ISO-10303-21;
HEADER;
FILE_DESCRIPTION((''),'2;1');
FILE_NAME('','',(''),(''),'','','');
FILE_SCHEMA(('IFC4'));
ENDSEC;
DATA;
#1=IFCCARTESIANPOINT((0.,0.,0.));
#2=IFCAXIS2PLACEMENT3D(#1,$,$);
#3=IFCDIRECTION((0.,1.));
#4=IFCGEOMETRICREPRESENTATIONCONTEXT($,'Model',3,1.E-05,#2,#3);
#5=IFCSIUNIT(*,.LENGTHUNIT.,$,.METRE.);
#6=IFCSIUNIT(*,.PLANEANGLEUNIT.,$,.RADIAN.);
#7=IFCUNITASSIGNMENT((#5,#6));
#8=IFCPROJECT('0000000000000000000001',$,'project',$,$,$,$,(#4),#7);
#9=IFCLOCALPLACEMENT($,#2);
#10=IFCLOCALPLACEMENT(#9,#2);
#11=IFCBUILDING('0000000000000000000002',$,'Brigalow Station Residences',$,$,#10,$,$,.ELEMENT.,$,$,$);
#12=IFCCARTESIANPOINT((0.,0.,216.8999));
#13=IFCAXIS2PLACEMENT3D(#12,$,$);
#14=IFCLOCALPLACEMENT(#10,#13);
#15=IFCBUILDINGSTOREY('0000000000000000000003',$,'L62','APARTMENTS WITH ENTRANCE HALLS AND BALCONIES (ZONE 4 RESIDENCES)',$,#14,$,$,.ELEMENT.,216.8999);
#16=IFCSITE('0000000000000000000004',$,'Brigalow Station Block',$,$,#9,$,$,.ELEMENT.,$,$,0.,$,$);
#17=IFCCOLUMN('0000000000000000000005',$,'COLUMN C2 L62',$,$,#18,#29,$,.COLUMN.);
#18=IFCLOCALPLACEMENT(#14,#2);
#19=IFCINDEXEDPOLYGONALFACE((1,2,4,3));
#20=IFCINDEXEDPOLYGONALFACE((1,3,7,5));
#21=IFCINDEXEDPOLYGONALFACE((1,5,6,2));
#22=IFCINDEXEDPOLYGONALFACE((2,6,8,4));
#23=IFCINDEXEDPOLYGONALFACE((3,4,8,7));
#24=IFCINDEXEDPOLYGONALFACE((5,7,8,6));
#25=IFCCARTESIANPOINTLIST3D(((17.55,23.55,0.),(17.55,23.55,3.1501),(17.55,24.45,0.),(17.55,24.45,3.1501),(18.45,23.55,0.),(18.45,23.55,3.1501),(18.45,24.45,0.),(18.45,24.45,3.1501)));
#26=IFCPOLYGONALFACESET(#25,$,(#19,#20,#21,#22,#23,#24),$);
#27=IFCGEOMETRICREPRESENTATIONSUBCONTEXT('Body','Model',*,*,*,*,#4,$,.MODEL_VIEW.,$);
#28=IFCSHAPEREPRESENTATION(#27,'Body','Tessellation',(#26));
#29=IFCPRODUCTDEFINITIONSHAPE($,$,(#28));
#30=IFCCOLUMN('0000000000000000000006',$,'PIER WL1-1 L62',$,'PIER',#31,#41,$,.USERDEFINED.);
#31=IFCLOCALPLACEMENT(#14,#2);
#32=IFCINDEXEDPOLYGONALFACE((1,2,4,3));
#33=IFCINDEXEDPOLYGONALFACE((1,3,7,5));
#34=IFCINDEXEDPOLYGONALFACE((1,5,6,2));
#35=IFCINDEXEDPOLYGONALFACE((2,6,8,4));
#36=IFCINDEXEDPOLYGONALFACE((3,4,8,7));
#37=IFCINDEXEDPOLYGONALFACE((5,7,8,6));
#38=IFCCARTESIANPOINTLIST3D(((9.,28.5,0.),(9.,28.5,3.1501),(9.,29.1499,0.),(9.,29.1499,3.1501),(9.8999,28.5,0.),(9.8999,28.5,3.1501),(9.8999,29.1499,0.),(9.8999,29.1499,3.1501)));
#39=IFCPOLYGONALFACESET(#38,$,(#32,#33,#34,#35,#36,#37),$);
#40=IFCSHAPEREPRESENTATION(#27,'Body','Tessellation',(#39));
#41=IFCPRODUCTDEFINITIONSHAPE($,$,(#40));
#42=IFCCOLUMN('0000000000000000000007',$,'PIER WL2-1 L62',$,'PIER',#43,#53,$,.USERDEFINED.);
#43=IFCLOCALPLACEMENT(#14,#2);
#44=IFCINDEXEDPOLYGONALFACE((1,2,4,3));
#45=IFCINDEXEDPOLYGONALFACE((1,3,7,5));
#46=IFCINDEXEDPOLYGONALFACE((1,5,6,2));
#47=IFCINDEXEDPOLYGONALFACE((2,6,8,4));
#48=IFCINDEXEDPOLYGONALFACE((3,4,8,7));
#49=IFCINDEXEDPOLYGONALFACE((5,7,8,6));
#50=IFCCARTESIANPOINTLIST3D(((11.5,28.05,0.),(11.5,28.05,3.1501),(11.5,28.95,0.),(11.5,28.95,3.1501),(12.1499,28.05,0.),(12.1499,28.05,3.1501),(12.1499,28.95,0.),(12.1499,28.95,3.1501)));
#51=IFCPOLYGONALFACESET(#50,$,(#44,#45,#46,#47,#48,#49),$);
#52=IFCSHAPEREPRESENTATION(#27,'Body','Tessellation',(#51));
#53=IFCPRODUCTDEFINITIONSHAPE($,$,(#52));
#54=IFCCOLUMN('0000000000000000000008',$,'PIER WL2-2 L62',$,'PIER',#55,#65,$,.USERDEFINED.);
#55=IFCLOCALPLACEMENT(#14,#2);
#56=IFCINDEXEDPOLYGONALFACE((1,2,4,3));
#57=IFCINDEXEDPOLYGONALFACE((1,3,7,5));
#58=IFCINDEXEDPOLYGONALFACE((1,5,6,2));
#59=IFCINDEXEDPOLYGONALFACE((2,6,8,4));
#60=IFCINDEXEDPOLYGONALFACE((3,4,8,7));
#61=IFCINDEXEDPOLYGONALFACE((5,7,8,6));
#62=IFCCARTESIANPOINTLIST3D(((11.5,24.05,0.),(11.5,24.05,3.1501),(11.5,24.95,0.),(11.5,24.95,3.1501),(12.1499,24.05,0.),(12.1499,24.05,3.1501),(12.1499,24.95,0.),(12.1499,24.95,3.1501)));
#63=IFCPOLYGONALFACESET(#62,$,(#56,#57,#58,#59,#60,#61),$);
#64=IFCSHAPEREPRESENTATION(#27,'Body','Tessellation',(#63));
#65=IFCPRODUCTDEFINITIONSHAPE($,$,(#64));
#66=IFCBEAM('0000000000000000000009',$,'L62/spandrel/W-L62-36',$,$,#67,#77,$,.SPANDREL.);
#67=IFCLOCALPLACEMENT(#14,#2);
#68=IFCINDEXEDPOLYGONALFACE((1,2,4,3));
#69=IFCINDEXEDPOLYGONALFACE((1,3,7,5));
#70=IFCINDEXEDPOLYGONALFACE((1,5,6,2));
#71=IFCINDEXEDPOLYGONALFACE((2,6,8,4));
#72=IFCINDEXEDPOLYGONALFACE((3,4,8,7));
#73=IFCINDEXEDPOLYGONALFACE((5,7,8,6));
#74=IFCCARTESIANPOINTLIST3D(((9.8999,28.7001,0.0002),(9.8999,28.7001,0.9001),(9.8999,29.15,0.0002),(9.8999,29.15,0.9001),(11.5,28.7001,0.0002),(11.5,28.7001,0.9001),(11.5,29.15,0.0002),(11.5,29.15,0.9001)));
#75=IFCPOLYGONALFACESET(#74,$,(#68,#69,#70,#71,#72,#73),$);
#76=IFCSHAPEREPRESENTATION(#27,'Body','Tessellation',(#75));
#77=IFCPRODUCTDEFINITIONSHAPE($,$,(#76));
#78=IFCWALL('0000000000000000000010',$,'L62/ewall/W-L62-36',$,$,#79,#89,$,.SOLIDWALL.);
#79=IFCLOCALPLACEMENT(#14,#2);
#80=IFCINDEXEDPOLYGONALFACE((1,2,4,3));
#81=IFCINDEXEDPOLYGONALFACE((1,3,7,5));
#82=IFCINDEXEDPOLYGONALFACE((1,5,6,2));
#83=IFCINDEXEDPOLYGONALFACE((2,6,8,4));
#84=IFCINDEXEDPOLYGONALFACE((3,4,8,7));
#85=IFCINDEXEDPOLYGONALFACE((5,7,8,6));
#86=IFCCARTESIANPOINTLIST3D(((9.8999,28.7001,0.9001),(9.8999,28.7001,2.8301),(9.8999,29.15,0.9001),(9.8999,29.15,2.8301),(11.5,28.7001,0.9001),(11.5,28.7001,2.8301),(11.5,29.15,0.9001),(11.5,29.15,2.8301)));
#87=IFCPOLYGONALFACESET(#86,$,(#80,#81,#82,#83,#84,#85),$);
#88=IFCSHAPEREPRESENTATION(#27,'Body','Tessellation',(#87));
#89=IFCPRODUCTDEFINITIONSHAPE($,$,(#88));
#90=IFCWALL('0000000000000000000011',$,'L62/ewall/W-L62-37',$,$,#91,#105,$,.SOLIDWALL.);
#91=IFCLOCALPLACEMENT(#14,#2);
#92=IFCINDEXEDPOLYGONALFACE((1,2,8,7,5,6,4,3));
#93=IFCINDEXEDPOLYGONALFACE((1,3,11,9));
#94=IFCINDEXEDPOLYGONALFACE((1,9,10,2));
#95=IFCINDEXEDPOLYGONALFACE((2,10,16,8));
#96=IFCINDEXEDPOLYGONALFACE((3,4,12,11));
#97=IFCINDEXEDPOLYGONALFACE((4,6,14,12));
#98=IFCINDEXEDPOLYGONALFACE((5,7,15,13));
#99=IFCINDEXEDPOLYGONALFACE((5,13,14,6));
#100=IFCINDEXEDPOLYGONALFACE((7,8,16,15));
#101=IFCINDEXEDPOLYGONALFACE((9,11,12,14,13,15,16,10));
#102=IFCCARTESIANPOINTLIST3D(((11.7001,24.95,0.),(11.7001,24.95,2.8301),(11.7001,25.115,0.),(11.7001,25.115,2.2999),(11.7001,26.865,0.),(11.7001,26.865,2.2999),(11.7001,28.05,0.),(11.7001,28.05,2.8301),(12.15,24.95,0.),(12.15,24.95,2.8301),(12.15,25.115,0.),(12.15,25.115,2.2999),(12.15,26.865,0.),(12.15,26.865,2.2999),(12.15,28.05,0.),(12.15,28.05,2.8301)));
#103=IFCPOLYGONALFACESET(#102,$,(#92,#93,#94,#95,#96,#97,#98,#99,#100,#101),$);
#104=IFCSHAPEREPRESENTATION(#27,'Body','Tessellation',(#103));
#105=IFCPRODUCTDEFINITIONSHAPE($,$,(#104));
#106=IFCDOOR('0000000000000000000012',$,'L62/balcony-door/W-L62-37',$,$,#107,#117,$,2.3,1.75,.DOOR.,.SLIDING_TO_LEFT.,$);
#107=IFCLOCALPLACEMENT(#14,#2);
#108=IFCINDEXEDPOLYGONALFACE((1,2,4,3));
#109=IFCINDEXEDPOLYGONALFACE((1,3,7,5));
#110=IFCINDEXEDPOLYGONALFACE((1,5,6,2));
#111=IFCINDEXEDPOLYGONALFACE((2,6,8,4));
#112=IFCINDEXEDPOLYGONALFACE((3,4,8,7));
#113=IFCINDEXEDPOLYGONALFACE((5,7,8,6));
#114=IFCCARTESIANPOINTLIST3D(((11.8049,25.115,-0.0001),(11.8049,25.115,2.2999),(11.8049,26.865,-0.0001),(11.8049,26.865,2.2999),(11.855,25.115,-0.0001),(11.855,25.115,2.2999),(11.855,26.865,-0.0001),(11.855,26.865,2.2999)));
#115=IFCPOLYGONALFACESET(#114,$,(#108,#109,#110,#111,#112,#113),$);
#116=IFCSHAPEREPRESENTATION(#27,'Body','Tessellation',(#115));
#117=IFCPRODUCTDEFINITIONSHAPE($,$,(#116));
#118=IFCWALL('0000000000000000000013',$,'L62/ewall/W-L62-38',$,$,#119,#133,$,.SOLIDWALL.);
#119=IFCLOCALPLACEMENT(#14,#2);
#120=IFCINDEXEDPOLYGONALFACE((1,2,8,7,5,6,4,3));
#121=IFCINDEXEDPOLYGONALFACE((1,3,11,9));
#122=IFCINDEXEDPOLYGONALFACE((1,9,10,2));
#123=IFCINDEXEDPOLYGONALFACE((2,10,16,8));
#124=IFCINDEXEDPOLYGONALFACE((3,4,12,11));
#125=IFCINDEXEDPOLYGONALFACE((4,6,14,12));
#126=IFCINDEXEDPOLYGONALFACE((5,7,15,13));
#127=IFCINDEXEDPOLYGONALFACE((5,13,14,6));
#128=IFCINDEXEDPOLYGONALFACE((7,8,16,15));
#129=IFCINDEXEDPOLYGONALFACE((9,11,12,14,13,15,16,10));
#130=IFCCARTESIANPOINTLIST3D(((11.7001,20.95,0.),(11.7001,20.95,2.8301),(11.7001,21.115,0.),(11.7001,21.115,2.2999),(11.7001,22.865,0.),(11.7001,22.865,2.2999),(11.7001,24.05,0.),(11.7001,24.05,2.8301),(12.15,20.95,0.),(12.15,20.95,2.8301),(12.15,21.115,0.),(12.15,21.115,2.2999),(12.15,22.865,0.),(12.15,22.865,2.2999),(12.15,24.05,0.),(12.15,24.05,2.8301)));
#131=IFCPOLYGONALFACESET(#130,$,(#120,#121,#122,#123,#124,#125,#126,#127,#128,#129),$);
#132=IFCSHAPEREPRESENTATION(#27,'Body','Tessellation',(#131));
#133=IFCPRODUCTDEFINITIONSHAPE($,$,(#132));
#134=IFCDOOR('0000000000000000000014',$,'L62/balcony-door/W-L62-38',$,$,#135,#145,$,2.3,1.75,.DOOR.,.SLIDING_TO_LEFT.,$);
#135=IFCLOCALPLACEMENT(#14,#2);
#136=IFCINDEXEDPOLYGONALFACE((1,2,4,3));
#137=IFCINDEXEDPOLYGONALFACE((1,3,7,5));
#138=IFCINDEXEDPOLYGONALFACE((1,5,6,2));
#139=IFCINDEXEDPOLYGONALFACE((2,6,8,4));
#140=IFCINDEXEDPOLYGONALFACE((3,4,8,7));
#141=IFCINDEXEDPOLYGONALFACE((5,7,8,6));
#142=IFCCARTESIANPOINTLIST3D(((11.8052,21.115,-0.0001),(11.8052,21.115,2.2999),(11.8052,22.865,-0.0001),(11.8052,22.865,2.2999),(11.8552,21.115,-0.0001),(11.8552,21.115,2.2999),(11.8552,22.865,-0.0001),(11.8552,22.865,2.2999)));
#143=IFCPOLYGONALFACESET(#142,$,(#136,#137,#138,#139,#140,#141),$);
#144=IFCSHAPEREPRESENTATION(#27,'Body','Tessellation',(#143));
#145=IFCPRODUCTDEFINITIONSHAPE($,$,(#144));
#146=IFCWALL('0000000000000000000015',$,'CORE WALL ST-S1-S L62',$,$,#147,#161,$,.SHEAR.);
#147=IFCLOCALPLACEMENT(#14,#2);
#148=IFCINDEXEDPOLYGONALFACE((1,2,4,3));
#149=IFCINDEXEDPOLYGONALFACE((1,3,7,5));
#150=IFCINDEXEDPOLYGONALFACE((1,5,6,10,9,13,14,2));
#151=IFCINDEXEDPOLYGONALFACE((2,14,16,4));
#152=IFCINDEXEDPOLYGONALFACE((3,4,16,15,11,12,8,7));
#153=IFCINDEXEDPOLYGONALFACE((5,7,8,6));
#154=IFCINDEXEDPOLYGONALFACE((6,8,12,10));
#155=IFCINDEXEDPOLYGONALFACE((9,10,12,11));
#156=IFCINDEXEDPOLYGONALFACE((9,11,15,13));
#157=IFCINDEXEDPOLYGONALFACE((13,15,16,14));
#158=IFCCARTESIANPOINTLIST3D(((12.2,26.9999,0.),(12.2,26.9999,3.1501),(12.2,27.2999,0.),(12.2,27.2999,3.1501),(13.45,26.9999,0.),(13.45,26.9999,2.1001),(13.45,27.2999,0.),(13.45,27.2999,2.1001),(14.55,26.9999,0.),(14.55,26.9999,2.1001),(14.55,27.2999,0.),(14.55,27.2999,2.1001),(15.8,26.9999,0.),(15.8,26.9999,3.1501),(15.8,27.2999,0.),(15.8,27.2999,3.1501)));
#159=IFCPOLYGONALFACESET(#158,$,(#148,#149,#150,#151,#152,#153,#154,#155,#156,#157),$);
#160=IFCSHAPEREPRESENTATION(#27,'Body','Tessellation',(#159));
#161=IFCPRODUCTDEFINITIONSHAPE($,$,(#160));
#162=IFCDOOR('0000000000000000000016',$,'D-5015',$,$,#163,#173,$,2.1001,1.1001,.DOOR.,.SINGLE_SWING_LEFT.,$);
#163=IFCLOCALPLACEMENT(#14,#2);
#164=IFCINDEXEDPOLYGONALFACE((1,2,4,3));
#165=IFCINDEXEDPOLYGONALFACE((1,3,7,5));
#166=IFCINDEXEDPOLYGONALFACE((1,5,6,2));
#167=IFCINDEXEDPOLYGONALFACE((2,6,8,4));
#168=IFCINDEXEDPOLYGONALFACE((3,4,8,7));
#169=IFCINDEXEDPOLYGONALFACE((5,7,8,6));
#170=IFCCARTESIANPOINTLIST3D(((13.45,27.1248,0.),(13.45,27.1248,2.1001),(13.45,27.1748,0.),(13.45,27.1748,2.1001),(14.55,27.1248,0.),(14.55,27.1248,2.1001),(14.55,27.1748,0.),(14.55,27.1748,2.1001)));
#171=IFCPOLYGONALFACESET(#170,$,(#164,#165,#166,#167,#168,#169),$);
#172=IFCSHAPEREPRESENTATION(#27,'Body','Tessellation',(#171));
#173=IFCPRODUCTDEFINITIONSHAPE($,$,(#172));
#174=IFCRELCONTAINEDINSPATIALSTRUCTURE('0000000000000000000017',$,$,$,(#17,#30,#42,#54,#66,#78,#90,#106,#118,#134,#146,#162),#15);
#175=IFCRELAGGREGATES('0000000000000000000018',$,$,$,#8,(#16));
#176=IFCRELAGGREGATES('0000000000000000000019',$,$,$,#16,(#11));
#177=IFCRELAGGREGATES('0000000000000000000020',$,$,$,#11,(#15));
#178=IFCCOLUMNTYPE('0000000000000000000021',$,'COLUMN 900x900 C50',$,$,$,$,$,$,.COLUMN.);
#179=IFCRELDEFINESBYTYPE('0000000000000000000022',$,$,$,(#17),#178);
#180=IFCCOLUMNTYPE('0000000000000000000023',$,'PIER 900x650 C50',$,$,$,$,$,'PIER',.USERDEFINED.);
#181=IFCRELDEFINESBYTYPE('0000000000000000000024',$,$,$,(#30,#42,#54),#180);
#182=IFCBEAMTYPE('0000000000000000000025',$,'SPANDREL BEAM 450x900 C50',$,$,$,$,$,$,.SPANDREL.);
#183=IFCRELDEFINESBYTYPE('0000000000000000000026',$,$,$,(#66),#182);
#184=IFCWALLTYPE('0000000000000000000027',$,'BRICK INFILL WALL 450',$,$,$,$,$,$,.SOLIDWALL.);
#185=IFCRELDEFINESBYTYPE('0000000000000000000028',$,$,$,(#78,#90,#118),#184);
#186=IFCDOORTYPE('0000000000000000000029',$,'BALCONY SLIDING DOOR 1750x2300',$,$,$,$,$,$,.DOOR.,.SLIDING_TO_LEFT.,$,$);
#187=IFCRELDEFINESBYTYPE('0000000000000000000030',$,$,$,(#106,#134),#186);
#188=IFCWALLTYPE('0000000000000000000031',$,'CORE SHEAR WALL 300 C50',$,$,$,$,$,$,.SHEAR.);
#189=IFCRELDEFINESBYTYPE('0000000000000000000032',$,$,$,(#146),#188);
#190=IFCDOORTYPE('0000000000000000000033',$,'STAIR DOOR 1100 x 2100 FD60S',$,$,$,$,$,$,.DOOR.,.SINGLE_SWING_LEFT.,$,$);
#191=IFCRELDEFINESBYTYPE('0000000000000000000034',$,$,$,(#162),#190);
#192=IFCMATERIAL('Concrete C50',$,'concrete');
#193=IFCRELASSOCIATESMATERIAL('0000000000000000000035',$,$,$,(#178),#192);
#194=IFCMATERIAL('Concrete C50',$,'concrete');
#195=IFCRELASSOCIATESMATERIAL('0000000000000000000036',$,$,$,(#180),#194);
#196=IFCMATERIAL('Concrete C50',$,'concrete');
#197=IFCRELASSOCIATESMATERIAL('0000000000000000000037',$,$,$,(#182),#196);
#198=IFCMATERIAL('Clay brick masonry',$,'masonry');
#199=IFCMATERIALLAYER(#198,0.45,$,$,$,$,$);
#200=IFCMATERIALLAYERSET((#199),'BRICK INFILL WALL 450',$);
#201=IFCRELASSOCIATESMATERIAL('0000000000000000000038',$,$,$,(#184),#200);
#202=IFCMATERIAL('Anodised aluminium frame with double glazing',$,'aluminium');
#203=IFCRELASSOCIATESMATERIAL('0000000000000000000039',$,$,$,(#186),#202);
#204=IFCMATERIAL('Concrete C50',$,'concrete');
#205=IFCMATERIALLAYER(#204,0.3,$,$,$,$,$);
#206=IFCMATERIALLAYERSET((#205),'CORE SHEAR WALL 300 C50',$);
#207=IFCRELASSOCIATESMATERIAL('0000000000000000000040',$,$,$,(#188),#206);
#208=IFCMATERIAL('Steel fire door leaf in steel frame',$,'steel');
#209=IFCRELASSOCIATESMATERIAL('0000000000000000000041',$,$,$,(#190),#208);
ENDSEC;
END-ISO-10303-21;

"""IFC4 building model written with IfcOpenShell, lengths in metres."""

from ifc_helpers import new_model, si_unit, direction, frame, frame_2d, origin, origin_2d, place, context, subcontext, project, spatial, rectangle, extrude, material, layer, layer_set, material_profile, profile_set, type_object, element, fill, save


model = new_model("IFC4")

# Units and contexts
model_context = context("Model", 3, precision=1e-05, world=origin(), true_north=direction((0.0, 1.0)))
body_context = subcontext(model_context, "Body", "Model", "MODEL_VIEW")
ifc_project = project(units=[si_unit("LENGTHUNIT", "METRE"), si_unit("PLANEANGLEUNIT", "RADIAN")], contexts=[model_context])

# Site, building, storey
site_placement = place(None, origin())
site = spatial("IfcSite", under=ifc_project, at=site_placement, Name="Brigalow Station Block", CompositionType="ELEMENT", RefElevation=0.0)
building_placement = place(site_placement, origin())
building = spatial("IfcBuilding", under=site, at=building_placement, Name="Brigalow Station Residences", CompositionType="ELEMENT")
storey_placement = place(building_placement, frame((0.0, 0.0, 216.8999)))
storey = spatial("IfcBuildingStorey", under=building, at=storey_placement, Name="L62", Description="APARTMENTS WITH ENTRANCE HALLS AND BALCONIES (ZONE 4 RESIDENCES)", CompositionType="ELEMENT", Elevation=216.8999)

# Columns
ifc_material_1 = material(Name="Concrete C50", Category="concrete")
ifc_material_profile_1 = material_profile(ifc_material_1, rectangle(XDim=0.8999, YDim=0.8999, at=origin_2d()), Name="RC900x900")
ifc_profile_set_1 = profile_set([ifc_material_profile_1], Name="Concrete C50")
column_type_1 = type_object("IfcColumnType", Name="COLUMN 900x900 C50", PredefinedType="COLUMN", material=ifc_profile_set_1)
column_placement = place(storey_placement, frame((18.0, 24.0, 0.0), z_axis=(0.0, 0.0, 1.0), x_axis=(1.0, 0.0, 0.0)))
element("IfcColumn", 1, at=column_placement, inside=storey, type_object=column_type_1, Name="COLUMN C2 L62", PredefinedType="COLUMN", context=body_context, shape_type="SweptSolid", body=[
    extrude(rectangle(XDim=0.8999, YDim=0.8999, at=origin_2d()), origin(), (0.0, 0.0, 1.0), 3.1501),
])
ifc_material_2 = material(Name="Concrete C50", Category="concrete")
ifc_material_profile_2 = material_profile(ifc_material_2, rectangle(XDim=0.8999, YDim=0.6499, at=origin_2d()), Name="RC900x650")
ifc_profile_set_2 = profile_set([ifc_material_profile_2], Name="Concrete C50")
column_type_2 = type_object("IfcColumnType", Name="PIER 900x650 C50", ElementType="PIER", PredefinedType="USERDEFINED", material=ifc_profile_set_2)
for number, where, z_axis, x_axis, name in (
    (2, (9.45, 28.825, 0.0), (0.0, 0.0, 1.0), (1.0, 0.0, 0.0), "PIER WL1-1 L62"),
    (3, (11.825, 28.5, 0.0), (0.0, 0.0, 1.0), (0.0, -1.0, 0.0), "PIER WL2-1 L62"),
    (4, (11.825, 24.5, 0.0), (0.0, 0.0, 1.0), (0.0, -1.0, 0.0), "PIER WL2-2 L62"),
):
    element("IfcColumn", number, at=place(storey_placement, frame(where, z_axis=z_axis, x_axis=x_axis)), inside=storey, type_object=column_type_2, Name=name, ObjectType="PIER", PredefinedType="USERDEFINED", context=body_context, shape_type="SweptSolid", body=[
        extrude(rectangle(XDim=0.8999, YDim=0.6499, at=origin_2d()), origin(), (0.0, 0.0, 1.0), 3.1501),
    ])

# Beam
ifc_material_3 = material(Name="Concrete C50", Category="concrete")
ifc_material_profile_3 = material_profile(ifc_material_3, rectangle(XDim=0.45, YDim=0.8999, at=origin_2d()), Name="RC450x900")
ifc_profile_set_3 = profile_set([ifc_material_profile_3], Name="Concrete C50")
beam_type = type_object("IfcBeamType", Name="SPANDREL BEAM 450x900 C50", PredefinedType="SPANDREL", material=ifc_profile_set_3)
beam_placement = place(storey_placement, frame((9.8999, 28.925, 0.4502), z_axis=(1.0, 0.0, 0.0), x_axis=(0.0, 1.0, 0.0)))
element("IfcBeam", 5, at=beam_placement, inside=storey, type_object=beam_type, Name="L62/spandrel/W-L62-36", PredefinedType="SPANDREL", context=body_context, shape_type="SweptSolid", body=[
    extrude(rectangle(XDim=0.45, YDim=0.8999, at=origin_2d()), origin(), (0.0, 0.0, 1.0), 1.6001),
])

# Wall
ifc_material_4 = material(Name="Clay brick masonry", Category="masonry")
ifc_layer_1 = layer(ifc_material_4, 0.45)
ifc_layer_set_1 = layer_set([ifc_layer_1], Name="BRICK INFILL WALL 450")
wall_type_1 = type_object("IfcWallType", Name="BRICK INFILL WALL 450", PredefinedType="SOLIDWALL", material=ifc_layer_set_1)
wall_1_placement = place(storey_placement, frame((9.8999, 28.925, 0.9001), z_axis=(0.0, 0.0, 1.0), x_axis=(1.0, 0.0, 0.0)))
element("IfcWall", 6, at=wall_1_placement, inside=storey, type_object=wall_type_1, Name="L62/ewall/W-L62-36", PredefinedType="SOLIDWALL", context=body_context, shape_type="SweptSolid", body=[
    extrude(rectangle(XDim=1.6001, YDim=0.45, at=frame_2d((0.8, 0.0))), origin(), (0.0, 0.0, 1.0), 1.9299),
])

# Walls, openings, doors
wall_2_placement = place(storey_placement, frame((11.925, 28.05, 0.0), z_axis=(0.0, 0.0, 1.0), x_axis=(0.0, -1.0, 0.0)))
wall_2 = element("IfcWall", 7, at=wall_2_placement, inside=storey, type_object=wall_type_1, Name="L62/ewall/W-L62-37", PredefinedType="SOLIDWALL", context=body_context, shape_type="SweptSolid", body=[
    extrude(rectangle(XDim=3.1001, YDim=0.45, at=frame_2d((1.55, 0.0))), origin(), (0.0, 0.0, 1.0), 2.8301),
])
opening_1_placement = place(wall_2_placement, frame((1.1851, 0.0, 0.0)))
opening_1 = element("IfcOpeningElement", 8, at=opening_1_placement, cuts=wall_2, PredefinedType="OPENING", context=body_context, shape_type="SweptSolid", body=[
    extrude(rectangle(XDim=1.75, YDim=2.3, at=frame_2d((0.875, 1.1499))), frame((0.0, 0.2349, 0.0), z_axis=(0.0, -1.0, 0.0), x_axis=(1.0, 0.0, 0.0)), (0.0, 0.0, 1.0), 0.47),
])
ifc_material_5 = material(Name="Anodised aluminium frame with double glazing", Category="aluminium")
door_type_1 = type_object("IfcDoorType", Name="BALCONY SLIDING DOOR 1750x2300", OperationType="SLIDING_TO_LEFT", PredefinedType="DOOR", material=ifc_material_5)
door_1_placement = place(opening_1_placement, frame((1.75, -0.1899, 0.0), z_axis=(0.0, 0.0, 1.0), x_axis=(-1.0, 0.0, 0.0)))
door_1 = element("IfcDoor", 9, at=door_1_placement, inside=storey, type_object=door_type_1, Name="L62/balcony-door/W-L62-37", OperationType="SLIDING_TO_LEFT", OverallHeight=2.3, OverallWidth=1.75, PredefinedType="DOOR", context=body_context, shape_type="SweptSolid", body=[
    extrude(rectangle(XDim=1.75, YDim=2.3, at=frame_2d((0.875, 1.1499))), frame((0.0, -0.0698, 0.0), z_axis=(0.0, -1.0, 0.0), x_axis=(1.0, 0.0, 0.0)), (0.0, 0.0, 1.0), 0.05),
])
fill(opening_1, door_1)
wall_3_placement = place(storey_placement, frame((11.925, 24.05, 0.0), z_axis=(0.0, 0.0, 1.0), x_axis=(0.0, -1.0, 0.0)))
wall_3 = element("IfcWall", 10, at=wall_3_placement, inside=storey, type_object=wall_type_1, Name="L62/ewall/W-L62-38", PredefinedType="SOLIDWALL", context=body_context, shape_type="SweptSolid", body=[
    extrude(rectangle(XDim=3.1001, YDim=0.45, at=frame_2d((1.55, 0.0))), origin(), (0.0, 0.0, 1.0), 2.8301),
])
opening_2_placement = place(wall_3_placement, frame((1.1851, 0.0, 0.0)))
opening_2 = element("IfcOpeningElement", 11, at=opening_2_placement, cuts=wall_3, PredefinedType="OPENING", context=body_context, shape_type="SweptSolid", body=[
    extrude(rectangle(XDim=1.75, YDim=2.3, at=frame_2d((0.875, 1.1499))), frame((0.0, 0.2349, 0.0), z_axis=(0.0, -1.0, 0.0), x_axis=(1.0, 0.0, 0.0)), (0.0, 0.0, 1.0), 0.47),
])
door_2_placement = place(opening_2_placement, origin())
door_2 = element("IfcDoor", 12, at=door_2_placement, inside=storey, type_object=door_type_1, Name="L62/balcony-door/W-L62-38", OperationType="SLIDING_TO_LEFT", OverallHeight=2.3, OverallWidth=1.75, PredefinedType="DOOR", context=body_context, shape_type="SweptSolid", body=[
    extrude(rectangle(XDim=1.75, YDim=2.3, at=frame_2d((0.875, 1.1499))), frame((0.0, -0.0698, 0.0), z_axis=(0.0, -1.0, 0.0), x_axis=(1.0, 0.0, 0.0)), (0.0, 0.0, 1.0), 0.05),
])
fill(opening_2, door_2)
ifc_material_6 = material(Name="Concrete C50", Category="concrete")
ifc_layer_2 = layer(ifc_material_6, 0.3)
ifc_layer_set_2 = layer_set([ifc_layer_2], Name="CORE SHEAR WALL 300 C50")
wall_type_2 = type_object("IfcWallType", Name="CORE SHEAR WALL 300 C50", PredefinedType="SHEAR", material=ifc_layer_set_2)
wall_4_placement = place(storey_placement, frame((12.2, 27.1499, 0.0), z_axis=(0.0, 0.0, 1.0), x_axis=(1.0, 0.0, 0.0)))
wall_4 = element("IfcWall", 13, at=wall_4_placement, inside=storey, type_object=wall_type_2, Name="CORE WALL ST-S1-S L62", PredefinedType="SHEAR", context=body_context, shape_type="SweptSolid", body=[
    extrude(rectangle(XDim=3.6001, YDim=0.3, at=frame_2d((1.8, 0.0))), origin(), (0.0, 0.0, 1.0), 3.1501),
])
opening_3_placement = place(wall_4_placement, frame((1.25, 0.0, 0.0)))
opening_3 = element("IfcOpeningElement", 14, at=opening_3_placement, cuts=wall_4, PredefinedType="OPENING", context=body_context, shape_type="SweptSolid", body=[
    extrude(rectangle(XDim=1.1001, YDim=2.1001, at=frame_2d((0.55, 1.05))), frame((0.0, 0.1602, 0.0), z_axis=(0.0, -1.0, 0.0), x_axis=(1.0, 0.0, 0.0)), (0.0, 0.0, 1.0), 0.3201),
])
ifc_material_7 = material(Name="Steel fire door leaf in steel frame", Category="steel")
door_type_2 = type_object("IfcDoorType", Name="STAIR DOOR 1100 x 2100 FD60S", OperationType="SINGLE_SWING_LEFT", PredefinedType="DOOR", material=ifc_material_7)
door_3_placement = place(opening_3_placement, origin())
door_3 = element("IfcDoor", 15, at=door_3_placement, inside=storey, type_object=door_type_2, Name="D-5015", OperationType="SINGLE_SWING_LEFT", OverallHeight=2.1001, OverallWidth=1.1001, PredefinedType="DOOR", context=body_context, shape_type="SweptSolid", body=[
    extrude(rectangle(XDim=1.1001, YDim=2.1001, at=frame_2d((0.55, 1.05))), frame((0.0, 0.0249, 0.0), z_axis=(0.0, -1.0, 0.0), x_axis=(1.0, 0.0, 0.0)), (0.0, 0.0, 1.0), 0.05),
])
fill(opening_3, door_3)

save(model, "model.ifc")
